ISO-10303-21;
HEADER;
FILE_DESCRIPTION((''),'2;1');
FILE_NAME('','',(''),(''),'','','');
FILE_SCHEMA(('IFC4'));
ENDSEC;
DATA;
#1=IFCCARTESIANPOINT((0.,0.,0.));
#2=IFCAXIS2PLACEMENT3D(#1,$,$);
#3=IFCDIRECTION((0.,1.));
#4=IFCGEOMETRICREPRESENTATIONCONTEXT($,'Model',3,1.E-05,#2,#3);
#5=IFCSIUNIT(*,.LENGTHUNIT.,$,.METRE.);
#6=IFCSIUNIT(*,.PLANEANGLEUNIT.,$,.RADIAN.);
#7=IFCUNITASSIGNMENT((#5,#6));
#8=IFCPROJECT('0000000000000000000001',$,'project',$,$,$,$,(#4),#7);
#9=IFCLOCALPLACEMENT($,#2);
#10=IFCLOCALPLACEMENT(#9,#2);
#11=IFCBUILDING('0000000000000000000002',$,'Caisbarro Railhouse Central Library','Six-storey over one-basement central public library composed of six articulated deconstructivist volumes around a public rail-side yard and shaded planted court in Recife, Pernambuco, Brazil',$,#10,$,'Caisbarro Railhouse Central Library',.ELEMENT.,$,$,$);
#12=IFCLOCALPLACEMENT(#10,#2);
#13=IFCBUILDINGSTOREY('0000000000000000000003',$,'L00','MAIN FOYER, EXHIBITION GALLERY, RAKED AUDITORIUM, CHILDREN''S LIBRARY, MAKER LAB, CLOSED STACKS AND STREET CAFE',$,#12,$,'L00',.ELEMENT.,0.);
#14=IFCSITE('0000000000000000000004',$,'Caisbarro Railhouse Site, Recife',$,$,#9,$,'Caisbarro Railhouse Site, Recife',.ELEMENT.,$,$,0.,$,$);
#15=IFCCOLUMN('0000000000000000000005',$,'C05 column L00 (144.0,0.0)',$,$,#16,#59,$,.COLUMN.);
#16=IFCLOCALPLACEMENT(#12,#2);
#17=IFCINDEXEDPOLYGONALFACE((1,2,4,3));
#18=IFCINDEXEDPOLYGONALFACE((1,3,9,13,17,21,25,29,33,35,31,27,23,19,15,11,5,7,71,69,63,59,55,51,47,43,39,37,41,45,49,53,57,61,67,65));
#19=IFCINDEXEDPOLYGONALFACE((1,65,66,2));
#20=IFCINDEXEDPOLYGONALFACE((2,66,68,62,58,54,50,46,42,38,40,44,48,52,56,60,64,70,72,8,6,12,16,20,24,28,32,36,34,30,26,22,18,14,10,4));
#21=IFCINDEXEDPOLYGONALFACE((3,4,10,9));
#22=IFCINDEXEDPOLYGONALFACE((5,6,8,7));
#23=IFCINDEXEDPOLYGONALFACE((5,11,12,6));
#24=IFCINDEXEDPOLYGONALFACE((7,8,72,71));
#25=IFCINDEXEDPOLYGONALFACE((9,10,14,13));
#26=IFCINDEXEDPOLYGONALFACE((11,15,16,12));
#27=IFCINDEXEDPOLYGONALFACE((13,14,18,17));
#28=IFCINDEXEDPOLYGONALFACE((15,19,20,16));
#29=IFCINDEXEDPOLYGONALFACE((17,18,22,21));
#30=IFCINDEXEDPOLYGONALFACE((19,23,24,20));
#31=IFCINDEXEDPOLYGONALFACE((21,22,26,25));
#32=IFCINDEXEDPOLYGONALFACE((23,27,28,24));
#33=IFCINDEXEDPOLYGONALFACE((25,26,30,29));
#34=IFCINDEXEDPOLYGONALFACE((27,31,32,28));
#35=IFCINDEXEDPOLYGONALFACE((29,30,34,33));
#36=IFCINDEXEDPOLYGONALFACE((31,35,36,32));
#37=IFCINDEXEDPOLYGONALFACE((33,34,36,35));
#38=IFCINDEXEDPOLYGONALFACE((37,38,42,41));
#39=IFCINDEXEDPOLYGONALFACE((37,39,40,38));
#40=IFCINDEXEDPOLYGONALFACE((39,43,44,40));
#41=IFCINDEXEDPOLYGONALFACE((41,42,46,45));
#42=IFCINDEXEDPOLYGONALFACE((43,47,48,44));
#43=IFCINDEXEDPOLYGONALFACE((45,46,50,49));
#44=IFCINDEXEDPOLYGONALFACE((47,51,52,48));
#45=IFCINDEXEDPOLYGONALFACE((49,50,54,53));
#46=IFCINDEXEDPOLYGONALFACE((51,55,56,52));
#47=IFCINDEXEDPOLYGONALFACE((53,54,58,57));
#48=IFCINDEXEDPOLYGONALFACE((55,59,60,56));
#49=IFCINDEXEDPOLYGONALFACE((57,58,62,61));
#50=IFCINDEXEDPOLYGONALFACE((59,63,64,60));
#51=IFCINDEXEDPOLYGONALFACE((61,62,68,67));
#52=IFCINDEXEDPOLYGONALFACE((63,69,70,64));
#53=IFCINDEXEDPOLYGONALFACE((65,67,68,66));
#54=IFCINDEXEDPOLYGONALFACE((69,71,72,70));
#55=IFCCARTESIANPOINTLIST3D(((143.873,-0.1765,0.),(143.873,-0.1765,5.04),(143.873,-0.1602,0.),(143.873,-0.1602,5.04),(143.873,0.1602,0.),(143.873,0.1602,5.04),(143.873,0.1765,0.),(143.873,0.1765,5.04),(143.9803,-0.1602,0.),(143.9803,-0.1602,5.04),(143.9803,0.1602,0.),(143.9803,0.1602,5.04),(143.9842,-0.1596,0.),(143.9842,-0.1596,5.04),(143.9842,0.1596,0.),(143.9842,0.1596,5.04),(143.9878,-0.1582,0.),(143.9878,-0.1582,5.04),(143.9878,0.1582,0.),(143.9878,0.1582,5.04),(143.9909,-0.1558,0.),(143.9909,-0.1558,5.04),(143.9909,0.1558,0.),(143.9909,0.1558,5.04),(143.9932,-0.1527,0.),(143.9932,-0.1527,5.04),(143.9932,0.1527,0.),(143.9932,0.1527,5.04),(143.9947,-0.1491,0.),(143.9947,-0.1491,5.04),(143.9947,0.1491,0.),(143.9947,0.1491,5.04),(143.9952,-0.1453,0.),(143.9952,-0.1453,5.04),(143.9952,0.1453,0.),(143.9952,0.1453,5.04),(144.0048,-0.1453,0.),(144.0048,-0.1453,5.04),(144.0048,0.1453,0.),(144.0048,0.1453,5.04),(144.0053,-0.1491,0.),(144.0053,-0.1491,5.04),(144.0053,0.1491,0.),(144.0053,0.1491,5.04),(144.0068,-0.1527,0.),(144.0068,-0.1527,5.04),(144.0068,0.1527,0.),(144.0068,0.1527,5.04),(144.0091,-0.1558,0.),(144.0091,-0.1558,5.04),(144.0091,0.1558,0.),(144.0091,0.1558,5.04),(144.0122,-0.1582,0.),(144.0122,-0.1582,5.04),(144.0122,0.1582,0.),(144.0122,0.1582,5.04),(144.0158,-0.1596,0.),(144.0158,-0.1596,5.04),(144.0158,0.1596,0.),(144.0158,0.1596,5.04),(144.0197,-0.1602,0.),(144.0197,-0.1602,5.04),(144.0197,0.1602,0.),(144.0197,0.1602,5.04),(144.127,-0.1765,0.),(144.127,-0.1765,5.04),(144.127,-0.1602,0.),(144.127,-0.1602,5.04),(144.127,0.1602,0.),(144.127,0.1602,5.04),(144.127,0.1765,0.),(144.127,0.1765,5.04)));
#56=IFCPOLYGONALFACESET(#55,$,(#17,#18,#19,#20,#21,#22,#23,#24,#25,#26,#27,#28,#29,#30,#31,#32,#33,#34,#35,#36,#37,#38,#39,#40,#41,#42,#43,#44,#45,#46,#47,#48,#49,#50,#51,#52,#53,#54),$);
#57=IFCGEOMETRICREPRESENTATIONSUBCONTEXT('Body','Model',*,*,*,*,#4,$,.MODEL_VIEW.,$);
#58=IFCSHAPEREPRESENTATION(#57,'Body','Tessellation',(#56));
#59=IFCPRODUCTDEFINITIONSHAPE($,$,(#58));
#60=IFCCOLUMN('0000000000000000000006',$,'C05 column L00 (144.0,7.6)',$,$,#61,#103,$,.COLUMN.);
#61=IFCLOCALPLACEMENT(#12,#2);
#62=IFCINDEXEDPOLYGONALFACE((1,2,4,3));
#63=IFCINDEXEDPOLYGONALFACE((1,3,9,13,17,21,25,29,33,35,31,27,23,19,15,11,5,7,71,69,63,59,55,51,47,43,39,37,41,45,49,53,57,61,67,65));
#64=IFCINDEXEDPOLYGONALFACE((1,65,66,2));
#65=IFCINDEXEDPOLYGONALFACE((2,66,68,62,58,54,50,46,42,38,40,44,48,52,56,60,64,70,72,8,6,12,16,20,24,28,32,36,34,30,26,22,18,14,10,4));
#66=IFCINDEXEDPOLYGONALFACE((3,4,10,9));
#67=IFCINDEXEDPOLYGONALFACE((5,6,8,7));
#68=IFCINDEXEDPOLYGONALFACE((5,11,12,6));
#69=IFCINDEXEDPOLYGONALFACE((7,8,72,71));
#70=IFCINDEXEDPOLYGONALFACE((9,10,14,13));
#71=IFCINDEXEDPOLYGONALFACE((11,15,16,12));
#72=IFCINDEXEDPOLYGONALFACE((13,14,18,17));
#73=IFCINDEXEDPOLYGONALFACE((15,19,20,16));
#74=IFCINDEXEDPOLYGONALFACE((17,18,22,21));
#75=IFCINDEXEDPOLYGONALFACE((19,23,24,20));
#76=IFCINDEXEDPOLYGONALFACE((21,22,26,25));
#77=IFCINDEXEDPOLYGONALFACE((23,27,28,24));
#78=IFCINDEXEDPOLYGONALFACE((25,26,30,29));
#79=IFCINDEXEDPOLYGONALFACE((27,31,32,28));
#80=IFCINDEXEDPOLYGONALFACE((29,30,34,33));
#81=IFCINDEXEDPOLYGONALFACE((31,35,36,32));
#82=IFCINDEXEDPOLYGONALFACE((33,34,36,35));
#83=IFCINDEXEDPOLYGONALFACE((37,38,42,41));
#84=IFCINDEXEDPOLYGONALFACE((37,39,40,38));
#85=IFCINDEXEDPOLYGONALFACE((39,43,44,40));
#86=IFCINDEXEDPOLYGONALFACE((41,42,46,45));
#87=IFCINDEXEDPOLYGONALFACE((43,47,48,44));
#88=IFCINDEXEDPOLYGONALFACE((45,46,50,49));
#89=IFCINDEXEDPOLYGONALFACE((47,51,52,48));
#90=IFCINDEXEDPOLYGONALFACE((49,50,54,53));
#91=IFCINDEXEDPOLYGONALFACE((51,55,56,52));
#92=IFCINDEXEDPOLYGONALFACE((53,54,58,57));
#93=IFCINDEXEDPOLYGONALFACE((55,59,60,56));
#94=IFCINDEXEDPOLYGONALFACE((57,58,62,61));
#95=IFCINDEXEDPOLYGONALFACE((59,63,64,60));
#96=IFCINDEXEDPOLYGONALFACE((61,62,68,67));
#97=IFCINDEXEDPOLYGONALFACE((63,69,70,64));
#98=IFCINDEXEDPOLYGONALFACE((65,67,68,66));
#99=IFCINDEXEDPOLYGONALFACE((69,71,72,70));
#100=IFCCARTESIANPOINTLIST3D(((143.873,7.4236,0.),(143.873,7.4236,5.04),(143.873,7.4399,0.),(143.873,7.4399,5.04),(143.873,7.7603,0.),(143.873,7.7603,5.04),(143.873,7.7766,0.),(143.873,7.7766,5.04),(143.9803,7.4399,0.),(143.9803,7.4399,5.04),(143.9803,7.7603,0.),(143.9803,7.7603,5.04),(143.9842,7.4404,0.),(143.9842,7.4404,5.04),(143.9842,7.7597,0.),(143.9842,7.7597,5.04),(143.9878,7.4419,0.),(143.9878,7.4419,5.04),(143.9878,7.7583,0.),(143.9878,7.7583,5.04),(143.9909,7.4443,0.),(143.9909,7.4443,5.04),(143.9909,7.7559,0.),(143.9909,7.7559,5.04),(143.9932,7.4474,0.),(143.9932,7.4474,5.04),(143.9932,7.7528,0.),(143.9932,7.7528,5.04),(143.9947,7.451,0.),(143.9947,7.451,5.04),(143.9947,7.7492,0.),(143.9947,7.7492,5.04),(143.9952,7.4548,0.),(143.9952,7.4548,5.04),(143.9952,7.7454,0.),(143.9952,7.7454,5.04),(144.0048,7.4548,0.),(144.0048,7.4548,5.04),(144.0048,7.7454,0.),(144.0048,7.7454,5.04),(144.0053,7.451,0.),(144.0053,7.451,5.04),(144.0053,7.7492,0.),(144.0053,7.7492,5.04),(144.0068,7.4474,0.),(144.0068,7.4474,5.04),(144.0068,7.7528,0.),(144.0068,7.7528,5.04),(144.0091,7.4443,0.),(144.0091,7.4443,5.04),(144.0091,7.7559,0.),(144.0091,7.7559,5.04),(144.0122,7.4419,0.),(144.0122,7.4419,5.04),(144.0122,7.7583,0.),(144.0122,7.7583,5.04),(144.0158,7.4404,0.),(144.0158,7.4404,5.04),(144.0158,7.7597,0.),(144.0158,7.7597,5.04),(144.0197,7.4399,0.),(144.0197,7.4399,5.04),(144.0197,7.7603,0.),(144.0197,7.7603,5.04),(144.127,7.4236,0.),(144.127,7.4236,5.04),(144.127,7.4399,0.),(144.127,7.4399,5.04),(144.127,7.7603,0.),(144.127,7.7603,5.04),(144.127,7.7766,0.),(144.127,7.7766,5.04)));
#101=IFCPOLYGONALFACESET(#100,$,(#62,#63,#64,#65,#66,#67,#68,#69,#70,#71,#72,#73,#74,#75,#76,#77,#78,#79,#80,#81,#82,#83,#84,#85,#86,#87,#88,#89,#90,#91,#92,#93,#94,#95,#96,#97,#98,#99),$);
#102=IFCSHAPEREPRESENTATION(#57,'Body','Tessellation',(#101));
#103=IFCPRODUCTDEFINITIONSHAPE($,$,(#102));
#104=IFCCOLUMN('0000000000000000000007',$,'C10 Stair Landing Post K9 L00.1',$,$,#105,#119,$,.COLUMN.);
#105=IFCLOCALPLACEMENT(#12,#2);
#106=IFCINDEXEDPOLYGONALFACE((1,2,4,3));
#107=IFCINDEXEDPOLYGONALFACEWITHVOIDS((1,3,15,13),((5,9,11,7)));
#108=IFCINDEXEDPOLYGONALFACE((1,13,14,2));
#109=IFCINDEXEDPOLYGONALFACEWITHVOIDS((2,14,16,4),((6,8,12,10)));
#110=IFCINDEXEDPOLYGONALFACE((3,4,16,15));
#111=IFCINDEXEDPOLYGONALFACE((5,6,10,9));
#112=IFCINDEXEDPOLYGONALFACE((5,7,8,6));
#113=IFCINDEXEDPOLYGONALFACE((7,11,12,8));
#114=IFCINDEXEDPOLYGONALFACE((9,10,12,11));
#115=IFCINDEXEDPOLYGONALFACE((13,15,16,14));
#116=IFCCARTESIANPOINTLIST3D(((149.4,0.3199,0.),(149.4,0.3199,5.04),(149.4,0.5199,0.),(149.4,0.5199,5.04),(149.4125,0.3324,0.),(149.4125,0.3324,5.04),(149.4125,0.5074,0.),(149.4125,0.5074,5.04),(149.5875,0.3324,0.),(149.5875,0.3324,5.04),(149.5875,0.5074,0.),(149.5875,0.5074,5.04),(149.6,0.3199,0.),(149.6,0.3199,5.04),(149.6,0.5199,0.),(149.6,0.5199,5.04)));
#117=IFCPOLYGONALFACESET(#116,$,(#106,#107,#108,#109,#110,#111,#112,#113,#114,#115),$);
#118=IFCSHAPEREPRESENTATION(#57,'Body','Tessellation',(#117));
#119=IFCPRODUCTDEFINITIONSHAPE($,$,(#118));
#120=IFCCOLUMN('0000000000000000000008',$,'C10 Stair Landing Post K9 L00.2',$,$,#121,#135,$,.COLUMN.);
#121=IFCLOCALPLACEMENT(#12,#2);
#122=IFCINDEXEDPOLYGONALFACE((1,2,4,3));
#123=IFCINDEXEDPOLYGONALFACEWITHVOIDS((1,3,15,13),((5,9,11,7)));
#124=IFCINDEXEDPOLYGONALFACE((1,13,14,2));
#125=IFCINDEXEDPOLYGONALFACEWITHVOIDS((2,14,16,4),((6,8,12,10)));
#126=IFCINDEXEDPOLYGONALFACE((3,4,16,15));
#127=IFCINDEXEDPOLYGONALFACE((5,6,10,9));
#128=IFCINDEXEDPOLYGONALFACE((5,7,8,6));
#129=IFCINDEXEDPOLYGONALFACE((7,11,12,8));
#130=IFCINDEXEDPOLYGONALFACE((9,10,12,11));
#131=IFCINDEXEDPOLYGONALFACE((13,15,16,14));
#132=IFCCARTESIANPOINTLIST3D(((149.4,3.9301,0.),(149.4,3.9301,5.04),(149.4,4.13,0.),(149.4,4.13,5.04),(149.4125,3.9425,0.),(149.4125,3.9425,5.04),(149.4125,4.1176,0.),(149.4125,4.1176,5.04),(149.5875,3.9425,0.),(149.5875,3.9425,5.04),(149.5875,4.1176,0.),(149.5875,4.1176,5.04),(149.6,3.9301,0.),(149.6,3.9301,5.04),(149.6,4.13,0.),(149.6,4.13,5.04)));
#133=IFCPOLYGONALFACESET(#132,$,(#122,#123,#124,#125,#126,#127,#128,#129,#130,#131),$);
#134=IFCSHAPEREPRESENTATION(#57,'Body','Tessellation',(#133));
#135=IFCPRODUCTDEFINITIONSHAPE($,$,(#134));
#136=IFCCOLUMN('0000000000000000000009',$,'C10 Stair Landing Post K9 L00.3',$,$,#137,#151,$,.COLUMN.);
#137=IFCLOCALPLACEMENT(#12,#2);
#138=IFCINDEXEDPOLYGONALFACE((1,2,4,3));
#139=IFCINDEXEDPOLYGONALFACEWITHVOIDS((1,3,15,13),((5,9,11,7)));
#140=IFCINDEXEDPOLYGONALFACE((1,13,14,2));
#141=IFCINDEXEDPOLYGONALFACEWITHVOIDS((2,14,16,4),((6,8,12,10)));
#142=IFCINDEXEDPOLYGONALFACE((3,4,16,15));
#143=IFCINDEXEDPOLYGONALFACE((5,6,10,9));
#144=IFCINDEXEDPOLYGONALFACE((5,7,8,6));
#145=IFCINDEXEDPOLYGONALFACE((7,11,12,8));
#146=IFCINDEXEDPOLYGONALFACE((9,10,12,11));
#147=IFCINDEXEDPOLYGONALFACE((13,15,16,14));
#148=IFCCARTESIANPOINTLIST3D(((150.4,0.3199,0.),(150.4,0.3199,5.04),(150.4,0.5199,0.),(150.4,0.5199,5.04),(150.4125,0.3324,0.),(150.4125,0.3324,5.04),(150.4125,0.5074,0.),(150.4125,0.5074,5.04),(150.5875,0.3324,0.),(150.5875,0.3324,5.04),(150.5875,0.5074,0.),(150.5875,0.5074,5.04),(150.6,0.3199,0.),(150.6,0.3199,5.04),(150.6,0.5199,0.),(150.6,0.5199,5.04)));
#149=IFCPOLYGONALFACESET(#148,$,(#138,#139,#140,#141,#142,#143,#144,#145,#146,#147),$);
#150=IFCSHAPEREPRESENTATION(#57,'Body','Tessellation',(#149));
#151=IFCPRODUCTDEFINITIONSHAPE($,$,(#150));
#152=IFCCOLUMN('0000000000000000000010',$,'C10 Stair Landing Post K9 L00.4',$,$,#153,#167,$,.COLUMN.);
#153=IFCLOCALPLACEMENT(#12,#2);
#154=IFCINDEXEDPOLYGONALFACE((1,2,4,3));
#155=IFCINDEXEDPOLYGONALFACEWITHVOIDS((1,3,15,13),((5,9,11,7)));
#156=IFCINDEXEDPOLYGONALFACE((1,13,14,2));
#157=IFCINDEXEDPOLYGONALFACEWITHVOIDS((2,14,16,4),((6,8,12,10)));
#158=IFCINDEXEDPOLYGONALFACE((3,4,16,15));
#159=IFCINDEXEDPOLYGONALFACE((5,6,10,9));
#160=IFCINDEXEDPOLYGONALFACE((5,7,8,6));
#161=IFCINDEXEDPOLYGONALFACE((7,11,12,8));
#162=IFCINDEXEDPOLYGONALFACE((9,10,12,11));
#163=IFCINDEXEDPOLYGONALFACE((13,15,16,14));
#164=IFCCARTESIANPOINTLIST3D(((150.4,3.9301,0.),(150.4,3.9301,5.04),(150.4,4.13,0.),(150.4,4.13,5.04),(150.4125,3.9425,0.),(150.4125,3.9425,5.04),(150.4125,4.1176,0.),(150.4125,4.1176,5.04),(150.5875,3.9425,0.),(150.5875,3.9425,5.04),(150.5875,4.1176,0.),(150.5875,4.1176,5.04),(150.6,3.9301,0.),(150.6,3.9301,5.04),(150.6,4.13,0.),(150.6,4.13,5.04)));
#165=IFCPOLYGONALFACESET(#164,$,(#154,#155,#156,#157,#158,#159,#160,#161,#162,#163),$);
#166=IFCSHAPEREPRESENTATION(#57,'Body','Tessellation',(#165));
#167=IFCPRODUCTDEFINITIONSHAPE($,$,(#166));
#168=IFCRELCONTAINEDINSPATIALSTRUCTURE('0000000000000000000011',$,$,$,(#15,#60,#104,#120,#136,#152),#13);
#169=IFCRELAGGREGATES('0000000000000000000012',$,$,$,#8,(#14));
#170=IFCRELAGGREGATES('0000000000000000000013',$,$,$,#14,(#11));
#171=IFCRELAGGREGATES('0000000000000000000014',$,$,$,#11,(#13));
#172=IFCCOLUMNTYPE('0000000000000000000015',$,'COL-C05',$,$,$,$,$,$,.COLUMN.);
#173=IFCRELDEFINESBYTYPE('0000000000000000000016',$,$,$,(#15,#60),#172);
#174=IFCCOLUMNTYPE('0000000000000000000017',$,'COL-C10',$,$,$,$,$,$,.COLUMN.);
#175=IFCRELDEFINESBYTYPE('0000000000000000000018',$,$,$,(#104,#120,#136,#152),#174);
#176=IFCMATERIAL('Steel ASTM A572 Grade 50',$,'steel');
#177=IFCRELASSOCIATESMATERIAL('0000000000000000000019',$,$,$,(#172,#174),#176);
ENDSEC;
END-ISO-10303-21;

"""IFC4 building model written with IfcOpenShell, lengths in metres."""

from ifc_helpers import new_model, si_unit, direction, frame, origin, origin_2d, place, context, subcontext, project, spatial, hollow_rectangle, i_section, extrude, material, material_profile, profile_set, type_object, element, save


model = new_model("IFC4")

# Units and contexts
model_context = context("Model", 3, precision=1e-05, world=origin(), true_north=direction((0.0, 1.0)))
body_context = subcontext(model_context, "Body", "Model", "MODEL_VIEW")
ifc_project = project(units=[si_unit("LENGTHUNIT", "METRE"), si_unit("PLANEANGLEUNIT", "RADIAN")], contexts=[model_context])

# Site, building, storey
site_placement = place(None, origin())
site = spatial("IfcSite", under=ifc_project, at=site_placement, Name="Caisbarro Railhouse Site, Recife", LongName="Caisbarro Railhouse Site, Recife", CompositionType="ELEMENT", RefElevation=0.0)
building_placement = place(site_placement, origin())
building = spatial("IfcBuilding", under=site, at=building_placement, Name="Caisbarro Railhouse Central Library", Description="Six-storey over one-basement central public library composed of six articulated deconstructivist volumes around a public rail-side yard and shaded planted court in Recife, Pernambuco, Brazil", LongName="Caisbarro Railhouse Central Library", CompositionType="ELEMENT")
storey_placement = place(building_placement, origin())
storey = spatial("IfcBuildingStorey", under=building, at=storey_placement, Name="L00", Description="MAIN FOYER, EXHIBITION GALLERY, RAKED AUDITORIUM, CHILDREN'S LIBRARY, MAKER LAB, CLOSED STACKS AND STREET CAFE", LongName="L00", CompositionType="ELEMENT", Elevation=0.0)

# Columns
ifc_material_1 = material(Name="Steel ASTM A572 Grade 50", Category="steel")
ifc_material_profile_1 = material_profile(ifc_material_1, i_section(OverallWidth=0.2539, OverallDepth=0.353, WebThickness=0.0095, FlangeThickness=0.0164, FilletRadius=0.0149, at=origin_2d()), Name="W360X91.0")
ifc_profile_set_1 = profile_set([ifc_material_profile_1], Name="Steel ASTM A572 Grade 50")
column_type_1 = type_object("IfcColumnType", Name="COL-C05", PredefinedType="COLUMN", material=ifc_profile_set_1)
for number, where, z_axis, x_axis, name in (
    (1, (144.0, 0.0, 0.0), (0.0, 0.0, 1.0), (1.0, 0.0, 0.0), "C05 column L00 (144.0,0.0)"),
    (2, (144.0, 7.6001, 0.0), (0.0, 0.0, 1.0), (1.0, 0.0, 0.0), "C05 column L00 (144.0,7.6)"),
):
    element("IfcColumn", number, at=place(storey_placement, frame(where, z_axis=z_axis, x_axis=x_axis)), inside=storey, type_object=column_type_1, Name=name, PredefinedType="COLUMN", context=body_context, shape_type="SweptSolid", body=[
        extrude(i_section(OverallWidth=0.2539, OverallDepth=0.353, WebThickness=0.0095, FlangeThickness=0.0164, FilletRadius=0.0149, at=origin_2d()), origin(), (0.0, 0.0, 1.0), 5.04),
    ])
ifc_material_profile_2 = material_profile(ifc_material_1, hollow_rectangle(XDim=0.2, YDim=0.2, WallThickness=0.0125, at=origin_2d()), Name="HSS200X200X12.5")
ifc_profile_set_2 = profile_set([ifc_material_profile_2], Name="Steel ASTM A572 Grade 50")
column_type_2 = type_object("IfcColumnType", Name="COL-C10", PredefinedType="COLUMN", material=ifc_profile_set_2)
for number, where, z_axis, x_axis, name in (
    (3, (149.5, 0.4199, 0.0), (0.0, 0.0, 1.0), (1.0, 0.0, 0.0), "C10 Stair Landing Post K9 L00.1"),
    (4, (149.5, 4.03, 0.0), (0.0, 0.0, 1.0), (1.0, 0.0, 0.0), "C10 Stair Landing Post K9 L00.2"),
    (5, (150.5, 0.4199, 0.0), (0.0, 0.0, 1.0), (1.0, 0.0, 0.0), "C10 Stair Landing Post K9 L00.3"),
    (6, (150.5, 4.03, 0.0), (0.0, 0.0, 1.0), (1.0, 0.0, 0.0), "C10 Stair Landing Post K9 L00.4"),
):
    element("IfcColumn", number, at=place(storey_placement, frame(where, z_axis=z_axis, x_axis=x_axis)), inside=storey, type_object=column_type_2, Name=name, PredefinedType="COLUMN", context=body_context, shape_type="SweptSolid", body=[
        extrude(hollow_rectangle(XDim=0.2, YDim=0.2, WallThickness=0.0125, at=origin_2d()), origin(), (0.0, 0.0, 1.0), 5.04),
    ])

save(model, "model.ifc")
